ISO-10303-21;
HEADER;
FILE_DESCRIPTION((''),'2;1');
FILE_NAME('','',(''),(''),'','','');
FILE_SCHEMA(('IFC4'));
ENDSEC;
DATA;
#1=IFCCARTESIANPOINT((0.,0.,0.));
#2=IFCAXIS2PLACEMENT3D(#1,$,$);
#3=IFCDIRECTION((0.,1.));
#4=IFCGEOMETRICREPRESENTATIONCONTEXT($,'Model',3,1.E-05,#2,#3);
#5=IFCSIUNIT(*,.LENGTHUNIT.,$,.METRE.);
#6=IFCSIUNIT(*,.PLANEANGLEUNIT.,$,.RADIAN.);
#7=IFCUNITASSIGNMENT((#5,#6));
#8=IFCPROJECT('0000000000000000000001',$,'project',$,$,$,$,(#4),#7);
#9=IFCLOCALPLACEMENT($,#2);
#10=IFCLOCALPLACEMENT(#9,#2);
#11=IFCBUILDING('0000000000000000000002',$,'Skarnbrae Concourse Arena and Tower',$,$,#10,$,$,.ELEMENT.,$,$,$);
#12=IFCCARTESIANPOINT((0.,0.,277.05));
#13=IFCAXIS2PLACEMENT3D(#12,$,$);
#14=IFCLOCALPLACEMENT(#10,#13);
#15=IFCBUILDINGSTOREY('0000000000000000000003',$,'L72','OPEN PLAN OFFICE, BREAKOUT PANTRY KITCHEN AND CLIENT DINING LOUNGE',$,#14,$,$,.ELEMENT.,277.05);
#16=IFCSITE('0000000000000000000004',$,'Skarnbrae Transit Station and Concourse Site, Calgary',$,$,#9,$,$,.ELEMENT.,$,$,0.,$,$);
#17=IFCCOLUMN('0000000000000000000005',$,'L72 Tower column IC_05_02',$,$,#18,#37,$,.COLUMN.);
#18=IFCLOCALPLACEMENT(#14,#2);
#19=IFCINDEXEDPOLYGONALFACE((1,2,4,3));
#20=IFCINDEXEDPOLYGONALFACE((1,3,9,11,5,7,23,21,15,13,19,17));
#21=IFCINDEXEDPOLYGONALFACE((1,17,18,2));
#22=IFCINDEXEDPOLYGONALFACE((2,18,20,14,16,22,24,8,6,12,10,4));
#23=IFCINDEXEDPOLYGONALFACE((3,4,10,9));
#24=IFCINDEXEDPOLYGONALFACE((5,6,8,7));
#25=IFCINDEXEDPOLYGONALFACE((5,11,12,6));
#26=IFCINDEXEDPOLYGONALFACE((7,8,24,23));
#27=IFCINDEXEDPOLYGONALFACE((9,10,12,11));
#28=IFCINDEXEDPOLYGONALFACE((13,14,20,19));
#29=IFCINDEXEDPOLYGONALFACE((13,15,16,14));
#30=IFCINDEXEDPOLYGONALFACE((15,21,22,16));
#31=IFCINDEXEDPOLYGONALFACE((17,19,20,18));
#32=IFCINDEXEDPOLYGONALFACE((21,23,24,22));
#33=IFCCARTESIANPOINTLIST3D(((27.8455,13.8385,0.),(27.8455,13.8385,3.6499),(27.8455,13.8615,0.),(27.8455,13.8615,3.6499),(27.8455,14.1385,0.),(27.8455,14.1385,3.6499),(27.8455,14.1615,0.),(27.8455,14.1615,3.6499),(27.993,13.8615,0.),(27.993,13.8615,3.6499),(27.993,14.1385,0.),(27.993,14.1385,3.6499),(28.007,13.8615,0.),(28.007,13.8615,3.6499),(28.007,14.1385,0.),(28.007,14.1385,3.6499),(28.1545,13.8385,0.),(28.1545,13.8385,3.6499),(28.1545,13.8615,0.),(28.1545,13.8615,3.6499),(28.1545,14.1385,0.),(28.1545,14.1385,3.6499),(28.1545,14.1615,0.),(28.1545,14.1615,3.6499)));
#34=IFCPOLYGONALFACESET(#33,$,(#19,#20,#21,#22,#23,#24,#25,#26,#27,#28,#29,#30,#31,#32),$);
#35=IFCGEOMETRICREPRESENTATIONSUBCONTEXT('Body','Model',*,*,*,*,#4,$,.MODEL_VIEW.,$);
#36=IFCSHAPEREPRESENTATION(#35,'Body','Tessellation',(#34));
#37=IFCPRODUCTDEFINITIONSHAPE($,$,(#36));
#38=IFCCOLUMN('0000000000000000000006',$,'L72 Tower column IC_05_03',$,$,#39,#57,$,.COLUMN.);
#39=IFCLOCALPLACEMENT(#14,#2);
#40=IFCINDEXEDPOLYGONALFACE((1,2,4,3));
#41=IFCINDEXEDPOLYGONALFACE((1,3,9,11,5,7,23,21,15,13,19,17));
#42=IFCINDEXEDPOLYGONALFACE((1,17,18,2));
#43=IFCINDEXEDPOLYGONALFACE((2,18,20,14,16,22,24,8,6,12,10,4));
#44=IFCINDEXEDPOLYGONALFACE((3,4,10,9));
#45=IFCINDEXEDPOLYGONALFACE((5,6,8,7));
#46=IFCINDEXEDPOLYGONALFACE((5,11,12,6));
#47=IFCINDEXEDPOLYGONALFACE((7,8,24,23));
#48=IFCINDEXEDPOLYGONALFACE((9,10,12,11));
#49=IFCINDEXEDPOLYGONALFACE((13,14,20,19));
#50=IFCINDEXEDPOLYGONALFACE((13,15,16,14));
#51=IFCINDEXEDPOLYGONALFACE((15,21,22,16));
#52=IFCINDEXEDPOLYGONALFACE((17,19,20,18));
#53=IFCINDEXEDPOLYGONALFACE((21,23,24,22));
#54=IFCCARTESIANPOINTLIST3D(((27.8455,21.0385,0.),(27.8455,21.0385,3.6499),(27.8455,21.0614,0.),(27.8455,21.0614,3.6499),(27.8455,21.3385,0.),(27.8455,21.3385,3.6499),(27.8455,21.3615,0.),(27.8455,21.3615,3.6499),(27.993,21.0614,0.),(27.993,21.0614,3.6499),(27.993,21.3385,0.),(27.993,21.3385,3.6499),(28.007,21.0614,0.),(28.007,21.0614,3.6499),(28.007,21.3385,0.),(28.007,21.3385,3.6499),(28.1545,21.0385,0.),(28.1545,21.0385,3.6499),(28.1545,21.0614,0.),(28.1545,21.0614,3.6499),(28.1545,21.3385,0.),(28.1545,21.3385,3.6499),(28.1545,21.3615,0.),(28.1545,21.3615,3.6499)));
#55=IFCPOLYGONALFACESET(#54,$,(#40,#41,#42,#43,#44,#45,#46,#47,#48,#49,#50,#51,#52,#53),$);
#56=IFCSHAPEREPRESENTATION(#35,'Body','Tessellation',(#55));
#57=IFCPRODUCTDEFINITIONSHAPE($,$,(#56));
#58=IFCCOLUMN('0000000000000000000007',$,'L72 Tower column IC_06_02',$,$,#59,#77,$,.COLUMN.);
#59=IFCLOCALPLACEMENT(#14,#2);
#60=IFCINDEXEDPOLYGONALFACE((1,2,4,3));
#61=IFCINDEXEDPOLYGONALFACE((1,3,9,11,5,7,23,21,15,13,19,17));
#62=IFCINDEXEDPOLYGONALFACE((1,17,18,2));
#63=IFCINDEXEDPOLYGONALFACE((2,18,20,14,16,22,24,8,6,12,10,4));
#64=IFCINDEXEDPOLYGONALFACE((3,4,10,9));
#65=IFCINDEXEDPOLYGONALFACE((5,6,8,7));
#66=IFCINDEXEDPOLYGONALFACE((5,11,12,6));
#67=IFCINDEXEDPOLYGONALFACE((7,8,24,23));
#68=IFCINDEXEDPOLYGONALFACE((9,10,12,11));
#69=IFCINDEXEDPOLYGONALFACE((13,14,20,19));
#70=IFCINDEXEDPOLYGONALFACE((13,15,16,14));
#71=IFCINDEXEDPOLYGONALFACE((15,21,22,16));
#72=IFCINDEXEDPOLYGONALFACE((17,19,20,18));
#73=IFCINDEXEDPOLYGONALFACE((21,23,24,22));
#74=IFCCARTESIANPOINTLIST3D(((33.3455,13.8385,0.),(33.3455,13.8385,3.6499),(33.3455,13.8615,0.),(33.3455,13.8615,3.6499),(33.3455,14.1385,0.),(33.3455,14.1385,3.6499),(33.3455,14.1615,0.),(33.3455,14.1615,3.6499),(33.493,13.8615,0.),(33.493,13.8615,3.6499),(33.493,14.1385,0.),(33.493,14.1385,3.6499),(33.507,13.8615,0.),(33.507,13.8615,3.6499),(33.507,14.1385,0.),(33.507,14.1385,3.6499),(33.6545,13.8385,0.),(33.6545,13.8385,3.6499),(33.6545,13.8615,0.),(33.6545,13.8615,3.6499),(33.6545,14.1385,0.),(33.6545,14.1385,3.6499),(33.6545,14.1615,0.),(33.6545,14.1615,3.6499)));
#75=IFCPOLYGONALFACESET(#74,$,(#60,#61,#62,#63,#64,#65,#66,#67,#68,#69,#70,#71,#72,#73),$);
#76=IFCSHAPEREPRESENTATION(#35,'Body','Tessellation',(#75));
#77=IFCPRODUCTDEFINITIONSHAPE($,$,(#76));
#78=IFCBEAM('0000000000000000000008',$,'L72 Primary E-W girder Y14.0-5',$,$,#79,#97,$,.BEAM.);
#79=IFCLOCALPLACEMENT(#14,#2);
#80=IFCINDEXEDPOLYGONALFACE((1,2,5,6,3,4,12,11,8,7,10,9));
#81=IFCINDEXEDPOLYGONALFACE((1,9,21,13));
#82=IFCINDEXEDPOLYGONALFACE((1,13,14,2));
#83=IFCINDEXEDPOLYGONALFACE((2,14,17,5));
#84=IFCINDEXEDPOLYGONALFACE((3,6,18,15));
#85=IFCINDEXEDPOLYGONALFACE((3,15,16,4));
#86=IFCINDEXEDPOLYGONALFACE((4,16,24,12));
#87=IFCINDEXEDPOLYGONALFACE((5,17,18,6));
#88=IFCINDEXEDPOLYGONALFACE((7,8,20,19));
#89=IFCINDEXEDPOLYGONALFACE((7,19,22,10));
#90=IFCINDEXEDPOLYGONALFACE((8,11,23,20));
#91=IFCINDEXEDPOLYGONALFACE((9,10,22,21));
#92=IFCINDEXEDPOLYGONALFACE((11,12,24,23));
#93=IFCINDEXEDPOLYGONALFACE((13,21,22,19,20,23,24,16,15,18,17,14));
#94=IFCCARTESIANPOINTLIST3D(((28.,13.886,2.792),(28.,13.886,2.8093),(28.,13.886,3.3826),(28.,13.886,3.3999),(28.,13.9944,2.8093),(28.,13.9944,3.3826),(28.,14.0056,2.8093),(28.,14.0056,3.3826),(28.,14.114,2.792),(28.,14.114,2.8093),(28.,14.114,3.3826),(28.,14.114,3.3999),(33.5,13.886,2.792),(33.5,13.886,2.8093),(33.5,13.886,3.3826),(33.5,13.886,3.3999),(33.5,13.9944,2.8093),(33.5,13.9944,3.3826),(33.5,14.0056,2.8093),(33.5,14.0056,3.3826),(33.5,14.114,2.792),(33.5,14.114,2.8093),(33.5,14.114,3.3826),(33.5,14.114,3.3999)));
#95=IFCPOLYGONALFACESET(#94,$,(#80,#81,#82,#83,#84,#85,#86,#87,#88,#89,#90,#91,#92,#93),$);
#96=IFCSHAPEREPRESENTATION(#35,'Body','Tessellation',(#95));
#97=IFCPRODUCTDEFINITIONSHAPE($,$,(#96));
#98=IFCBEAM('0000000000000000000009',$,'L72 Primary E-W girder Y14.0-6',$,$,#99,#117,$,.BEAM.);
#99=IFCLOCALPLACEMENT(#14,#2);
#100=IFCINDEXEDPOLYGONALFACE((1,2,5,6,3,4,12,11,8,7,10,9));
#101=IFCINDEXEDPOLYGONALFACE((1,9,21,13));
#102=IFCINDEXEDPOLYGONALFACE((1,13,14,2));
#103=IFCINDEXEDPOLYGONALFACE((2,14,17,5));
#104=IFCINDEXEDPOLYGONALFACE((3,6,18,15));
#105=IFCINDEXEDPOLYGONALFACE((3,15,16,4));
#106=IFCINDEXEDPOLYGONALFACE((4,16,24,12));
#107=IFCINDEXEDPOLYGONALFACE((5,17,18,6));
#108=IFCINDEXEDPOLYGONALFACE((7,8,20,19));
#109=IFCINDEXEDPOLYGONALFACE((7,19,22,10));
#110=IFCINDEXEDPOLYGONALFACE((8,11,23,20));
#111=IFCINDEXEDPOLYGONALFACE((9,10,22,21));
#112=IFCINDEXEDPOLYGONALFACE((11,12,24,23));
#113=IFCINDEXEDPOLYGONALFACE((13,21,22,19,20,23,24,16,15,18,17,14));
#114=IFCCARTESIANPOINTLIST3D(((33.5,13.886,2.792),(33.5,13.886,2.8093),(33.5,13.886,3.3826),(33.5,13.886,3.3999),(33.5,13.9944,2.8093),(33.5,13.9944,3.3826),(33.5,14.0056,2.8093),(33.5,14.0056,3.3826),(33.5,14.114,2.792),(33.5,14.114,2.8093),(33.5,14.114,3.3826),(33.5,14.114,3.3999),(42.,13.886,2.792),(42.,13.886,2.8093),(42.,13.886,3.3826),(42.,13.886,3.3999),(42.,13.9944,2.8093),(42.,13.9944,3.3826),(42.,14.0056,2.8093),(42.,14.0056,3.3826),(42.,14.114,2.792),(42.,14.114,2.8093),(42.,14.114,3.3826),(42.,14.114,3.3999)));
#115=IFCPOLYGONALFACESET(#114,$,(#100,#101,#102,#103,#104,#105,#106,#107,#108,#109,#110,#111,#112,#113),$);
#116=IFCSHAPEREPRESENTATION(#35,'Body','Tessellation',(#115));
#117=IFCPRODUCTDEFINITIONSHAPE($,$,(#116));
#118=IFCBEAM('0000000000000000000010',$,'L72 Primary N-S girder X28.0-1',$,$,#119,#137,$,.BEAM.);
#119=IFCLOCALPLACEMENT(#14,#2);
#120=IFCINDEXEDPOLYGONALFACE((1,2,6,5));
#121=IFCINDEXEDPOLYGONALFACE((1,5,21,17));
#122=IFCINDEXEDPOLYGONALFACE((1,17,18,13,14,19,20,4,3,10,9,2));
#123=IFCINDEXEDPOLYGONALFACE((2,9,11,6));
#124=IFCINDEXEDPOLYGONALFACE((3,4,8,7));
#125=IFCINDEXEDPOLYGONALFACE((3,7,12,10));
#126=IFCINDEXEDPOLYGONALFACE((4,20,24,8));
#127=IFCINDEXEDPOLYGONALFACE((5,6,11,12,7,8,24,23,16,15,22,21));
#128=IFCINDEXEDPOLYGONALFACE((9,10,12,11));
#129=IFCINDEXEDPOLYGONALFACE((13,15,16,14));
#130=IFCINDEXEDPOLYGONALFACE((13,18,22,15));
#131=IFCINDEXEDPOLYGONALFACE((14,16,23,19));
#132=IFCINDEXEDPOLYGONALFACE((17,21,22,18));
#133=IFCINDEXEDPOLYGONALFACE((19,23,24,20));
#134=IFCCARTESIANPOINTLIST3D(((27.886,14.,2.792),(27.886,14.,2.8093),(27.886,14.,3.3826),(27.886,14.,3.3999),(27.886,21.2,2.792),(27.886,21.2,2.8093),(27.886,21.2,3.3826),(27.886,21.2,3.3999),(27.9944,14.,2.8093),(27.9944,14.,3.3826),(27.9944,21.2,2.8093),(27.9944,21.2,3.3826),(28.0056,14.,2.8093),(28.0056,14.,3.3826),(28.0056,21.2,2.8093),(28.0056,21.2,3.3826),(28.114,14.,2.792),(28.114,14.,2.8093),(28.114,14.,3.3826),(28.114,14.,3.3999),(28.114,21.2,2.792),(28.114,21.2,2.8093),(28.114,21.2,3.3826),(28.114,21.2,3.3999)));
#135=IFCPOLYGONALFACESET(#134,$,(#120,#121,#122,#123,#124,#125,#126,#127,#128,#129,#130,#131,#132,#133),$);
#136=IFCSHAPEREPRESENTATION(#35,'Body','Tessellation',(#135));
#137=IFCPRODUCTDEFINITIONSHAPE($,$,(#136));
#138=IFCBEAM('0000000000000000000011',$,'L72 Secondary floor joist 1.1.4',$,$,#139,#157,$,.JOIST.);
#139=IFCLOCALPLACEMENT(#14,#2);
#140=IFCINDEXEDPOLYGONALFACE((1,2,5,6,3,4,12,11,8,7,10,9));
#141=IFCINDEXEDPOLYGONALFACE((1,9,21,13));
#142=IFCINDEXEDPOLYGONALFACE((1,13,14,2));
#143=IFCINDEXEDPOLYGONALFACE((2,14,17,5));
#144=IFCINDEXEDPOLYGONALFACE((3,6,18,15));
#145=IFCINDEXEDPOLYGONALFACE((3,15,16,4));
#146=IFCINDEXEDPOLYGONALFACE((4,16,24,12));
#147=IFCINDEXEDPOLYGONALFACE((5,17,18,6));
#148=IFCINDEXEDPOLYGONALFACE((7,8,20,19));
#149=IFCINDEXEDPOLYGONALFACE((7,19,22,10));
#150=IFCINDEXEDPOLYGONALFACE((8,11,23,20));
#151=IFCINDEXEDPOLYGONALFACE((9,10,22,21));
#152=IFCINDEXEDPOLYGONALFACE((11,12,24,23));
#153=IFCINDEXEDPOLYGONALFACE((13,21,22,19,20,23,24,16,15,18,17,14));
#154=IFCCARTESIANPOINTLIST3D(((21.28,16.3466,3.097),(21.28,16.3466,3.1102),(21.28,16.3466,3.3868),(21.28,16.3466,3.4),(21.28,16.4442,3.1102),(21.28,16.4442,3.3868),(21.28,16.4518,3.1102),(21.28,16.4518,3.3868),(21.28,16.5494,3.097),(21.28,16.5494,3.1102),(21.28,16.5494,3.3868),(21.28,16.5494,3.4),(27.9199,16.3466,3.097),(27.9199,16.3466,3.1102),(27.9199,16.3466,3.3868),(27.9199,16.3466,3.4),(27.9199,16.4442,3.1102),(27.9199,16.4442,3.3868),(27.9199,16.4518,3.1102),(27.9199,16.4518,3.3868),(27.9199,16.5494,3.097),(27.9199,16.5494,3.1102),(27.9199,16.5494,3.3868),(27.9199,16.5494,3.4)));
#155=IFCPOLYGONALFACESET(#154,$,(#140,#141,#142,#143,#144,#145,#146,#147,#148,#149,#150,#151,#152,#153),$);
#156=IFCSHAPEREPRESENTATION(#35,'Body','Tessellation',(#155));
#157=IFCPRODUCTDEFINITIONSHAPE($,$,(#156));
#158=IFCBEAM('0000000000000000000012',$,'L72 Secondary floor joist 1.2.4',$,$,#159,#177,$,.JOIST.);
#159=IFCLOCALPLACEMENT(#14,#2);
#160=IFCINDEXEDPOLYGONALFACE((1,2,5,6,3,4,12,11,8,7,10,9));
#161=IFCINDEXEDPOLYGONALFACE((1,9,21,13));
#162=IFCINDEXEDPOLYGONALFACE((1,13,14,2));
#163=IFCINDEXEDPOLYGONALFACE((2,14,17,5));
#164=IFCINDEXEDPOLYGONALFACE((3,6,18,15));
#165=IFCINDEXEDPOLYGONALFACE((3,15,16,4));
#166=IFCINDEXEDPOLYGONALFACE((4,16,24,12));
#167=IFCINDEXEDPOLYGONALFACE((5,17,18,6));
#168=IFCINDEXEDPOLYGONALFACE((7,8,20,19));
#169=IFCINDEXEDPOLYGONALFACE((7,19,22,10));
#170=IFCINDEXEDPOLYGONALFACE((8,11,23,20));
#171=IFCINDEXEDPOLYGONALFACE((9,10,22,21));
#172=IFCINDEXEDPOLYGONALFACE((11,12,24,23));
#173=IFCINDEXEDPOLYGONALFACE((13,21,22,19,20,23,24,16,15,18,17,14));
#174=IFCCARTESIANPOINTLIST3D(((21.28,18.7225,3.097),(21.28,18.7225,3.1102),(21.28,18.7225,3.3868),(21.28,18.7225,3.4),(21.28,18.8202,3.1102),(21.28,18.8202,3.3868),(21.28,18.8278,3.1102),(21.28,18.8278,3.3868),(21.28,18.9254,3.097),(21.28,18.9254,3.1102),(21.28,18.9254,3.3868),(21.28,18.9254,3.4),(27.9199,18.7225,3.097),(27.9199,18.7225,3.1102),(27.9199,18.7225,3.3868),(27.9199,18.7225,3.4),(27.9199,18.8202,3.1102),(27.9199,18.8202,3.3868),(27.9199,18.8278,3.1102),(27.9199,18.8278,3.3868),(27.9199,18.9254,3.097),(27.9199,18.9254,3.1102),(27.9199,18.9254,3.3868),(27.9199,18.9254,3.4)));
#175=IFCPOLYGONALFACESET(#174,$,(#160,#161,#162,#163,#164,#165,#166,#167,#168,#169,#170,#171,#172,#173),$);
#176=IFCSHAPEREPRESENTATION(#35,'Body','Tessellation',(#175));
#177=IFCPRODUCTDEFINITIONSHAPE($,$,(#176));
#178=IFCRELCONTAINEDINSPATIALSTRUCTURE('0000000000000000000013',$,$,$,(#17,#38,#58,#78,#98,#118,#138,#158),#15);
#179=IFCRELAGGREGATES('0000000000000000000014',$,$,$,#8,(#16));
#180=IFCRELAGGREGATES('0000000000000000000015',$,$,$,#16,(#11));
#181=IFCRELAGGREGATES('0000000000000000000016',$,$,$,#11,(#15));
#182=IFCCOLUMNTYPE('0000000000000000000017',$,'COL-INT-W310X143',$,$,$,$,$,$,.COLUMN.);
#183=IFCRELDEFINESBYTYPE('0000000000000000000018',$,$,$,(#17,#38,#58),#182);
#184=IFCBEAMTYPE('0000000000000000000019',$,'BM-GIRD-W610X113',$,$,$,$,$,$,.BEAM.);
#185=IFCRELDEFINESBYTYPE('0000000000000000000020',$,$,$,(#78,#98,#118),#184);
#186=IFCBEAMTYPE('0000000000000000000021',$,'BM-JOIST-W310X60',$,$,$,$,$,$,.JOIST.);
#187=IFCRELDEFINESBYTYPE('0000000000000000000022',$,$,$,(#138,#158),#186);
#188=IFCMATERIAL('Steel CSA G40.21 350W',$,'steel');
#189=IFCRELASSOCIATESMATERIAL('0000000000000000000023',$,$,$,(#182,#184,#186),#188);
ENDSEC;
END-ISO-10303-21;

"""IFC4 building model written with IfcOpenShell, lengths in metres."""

from ifc_helpers import new_model, si_unit, direction, frame, origin, origin_2d, place, context, subcontext, project, spatial, i_section, extrude, source, transform, mapped, material, material_profile, profile_set, type_object, element, save


model = new_model("IFC4")

# Units and contexts
model_context = context("Model", 3, precision=1e-05, world=origin(), true_north=direction((0.0, 1.0)))
body_context = subcontext(model_context, "Body", "Model", "MODEL_VIEW")
ifc_project = project(units=[si_unit("LENGTHUNIT", "METRE"), si_unit("PLANEANGLEUNIT", "RADIAN")], contexts=[model_context])

# Site, building, storey
site_placement = place(None, origin())
site = spatial("IfcSite", under=ifc_project, at=site_placement, Name="Skarnbrae Transit Station and Concourse Site, Calgary", CompositionType="ELEMENT", RefElevation=0.0)
building_placement = place(site_placement, origin())
building = spatial("IfcBuilding", under=site, at=building_placement, Name="Skarnbrae Concourse Arena and Tower", CompositionType="ELEMENT")
storey_placement = place(building_placement, frame((0.0, 0.0, 277.05)))
storey = spatial("IfcBuildingStorey", under=building, at=storey_placement, Name="L72", Description="OPEN PLAN OFFICE, BREAKOUT PANTRY KITCHEN AND CLIENT DINING LOUNGE", CompositionType="ELEMENT", Elevation=277.05)

# Columns
ifc_material_1 = material(Name="Steel CSA G40.21 350W", Category="steel")
ifc_material_profile_1 = material_profile(ifc_material_1, i_section(OverallWidth=0.3091, OverallDepth=0.323, WebThickness=0.0139, FlangeThickness=0.0229, at=origin_2d()), Name="W310X143")
ifc_profile_set_1 = profile_set([ifc_material_profile_1], Name="Steel CSA G40.21 350W")
column_type = type_object("IfcColumnType", Name="COL-INT-W310X143", PredefinedType="COLUMN", material=ifc_profile_set_1)
shared_shape_1 = source(origin(), body_context, "Body", "SweptSolid", [
    extrude(i_section(OverallWidth=0.3091, OverallDepth=0.323, WebThickness=0.0139, FlangeThickness=0.0229, at=origin_2d()), origin(), (0.0, 0.0, 1.0), 3.6499),
])
for number, where, z_axis, x_axis, name in (
    (1, (28.0, 14.0, 0.0), (0.0, 0.0, 1.0), (1.0, 0.0, 0.0), "L72 Tower column IC_05_02"),
    (2, (28.0, 21.2, 0.0), (0.0, 0.0, 1.0), (1.0, 0.0, 0.0), "L72 Tower column IC_05_03"),
    (3, (33.5, 14.0, 0.0), (0.0, 0.0, 1.0), (1.0, 0.0, 0.0), "L72 Tower column IC_06_02"),
):
    element("IfcColumn", number, at=place(storey_placement, frame(where, z_axis=z_axis, x_axis=x_axis)), inside=storey, type_object=column_type, Name=name, PredefinedType="COLUMN", context=body_context, shape_type="MappedRepresentation", body=[
        mapped(shared_shape_1, transform((0.0, 0.0, 0.0))),
    ])

# Beams
ifc_material_profile_2 = material_profile(ifc_material_1, i_section(OverallWidth=0.228, OverallDepth=0.6079, WebThickness=0.0112, FlangeThickness=0.0173, at=origin_2d()), Name="W610X113")
ifc_profile_set_2 = profile_set([ifc_material_profile_2], Name="Steel CSA G40.21 350W")
beam_type_1 = type_object("IfcBeamType", Name="BM-GIRD-W610X113", PredefinedType="BEAM", material=ifc_profile_set_2)
shared_shape_2 = source(origin(), body_context, "Body", "SweptSolid", [
    extrude(i_section(OverallWidth=0.228, OverallDepth=0.6079, WebThickness=0.0112, FlangeThickness=0.0173, at=origin_2d()), origin(), (0.0, 0.0, 1.0), 5.5),
])
beam_1_placement = place(storey_placement, frame((28.0, 14.0, 3.0959), z_axis=(1.0, 0.0, 0.0), x_axis=(0.0, 1.0, 0.0)))
element("IfcBeam", 4, at=beam_1_placement, inside=storey, type_object=beam_type_1, Name="L72 Primary E-W girder Y14.0-5", PredefinedType="BEAM", context=body_context, shape_type="MappedRepresentation", body=[
    mapped(shared_shape_2, transform((0.0, 0.0, 0.0))),
])
shared_shape_3 = source(origin(), body_context, "Body", "SweptSolid", [
    extrude(i_section(OverallWidth=0.228, OverallDepth=0.6079, WebThickness=0.0112, FlangeThickness=0.0173, at=origin_2d()), origin(), (0.0, 0.0, 1.0), 8.5),
])
beam_2_placement = place(storey_placement, frame((33.5, 14.0, 3.0959), z_axis=(1.0, 0.0, 0.0), x_axis=(0.0, 1.0, 0.0)))
element("IfcBeam", 5, at=beam_2_placement, inside=storey, type_object=beam_type_1, Name="L72 Primary E-W girder Y14.0-6", PredefinedType="BEAM", context=body_context, shape_type="MappedRepresentation", body=[
    mapped(shared_shape_3, transform((0.0, 0.0, 0.0))),
])
shared_shape_4 = source(origin(), body_context, "Body", "SweptSolid", [
    extrude(i_section(OverallWidth=0.228, OverallDepth=0.6079, WebThickness=0.0112, FlangeThickness=0.0173, at=origin_2d()), origin(), (0.0, 0.0, 1.0), 7.2),
])
beam_3_placement = place(storey_placement, frame((28.0, 14.0, 3.0959), z_axis=(0.0, 1.0, 0.0), x_axis=(-1.0, 0.0, 0.0)))
element("IfcBeam", 6, at=beam_3_placement, inside=storey, type_object=beam_type_1, Name="L72 Primary N-S girder X28.0-1", PredefinedType="BEAM", context=body_context, shape_type="MappedRepresentation", body=[
    mapped(shared_shape_4, transform((0.0, 0.0, 0.0))),
])
ifc_material_profile_3 = material_profile(ifc_material_1, i_section(OverallWidth=0.2029, OverallDepth=0.303, WebThickness=0.0076, FlangeThickness=0.0132, at=origin_2d()), Name="W310X60")
ifc_profile_set_3 = profile_set([ifc_material_profile_3], Name="Steel CSA G40.21 350W")
beam_type_2 = type_object("IfcBeamType", Name="BM-JOIST-W310X60", PredefinedType="JOIST", material=ifc_profile_set_3)
shared_shape_5 = source(origin(), body_context, "Body", "SweptSolid", [
    extrude(i_section(OverallWidth=0.2029, OverallDepth=0.303, WebThickness=0.0076, FlangeThickness=0.0132, at=origin_2d()), origin(), (0.0, 0.0, 1.0), 6.6399),
])
for number, where, z_axis, x_axis, name in (
    (7, (21.28, 16.448, 3.2485), (1.0, 0.0, 0.0), (0.0, 1.0, 0.0), "L72 Secondary floor joist 1.1.4"),
    (8, (21.28, 18.824, 3.2485), (1.0, 0.0, 0.0), (0.0, 1.0, 0.0), "L72 Secondary floor joist 1.2.4"),
):
    element("IfcBeam", number, at=place(storey_placement, frame(where, z_axis=z_axis, x_axis=x_axis)), inside=storey, type_object=beam_type_2, Name=name, PredefinedType="JOIST", context=body_context, shape_type="MappedRepresentation", body=[
        mapped(shared_shape_5, transform((0.0, 0.0, 0.0))),
    ])

save(model, "model.ifc")
